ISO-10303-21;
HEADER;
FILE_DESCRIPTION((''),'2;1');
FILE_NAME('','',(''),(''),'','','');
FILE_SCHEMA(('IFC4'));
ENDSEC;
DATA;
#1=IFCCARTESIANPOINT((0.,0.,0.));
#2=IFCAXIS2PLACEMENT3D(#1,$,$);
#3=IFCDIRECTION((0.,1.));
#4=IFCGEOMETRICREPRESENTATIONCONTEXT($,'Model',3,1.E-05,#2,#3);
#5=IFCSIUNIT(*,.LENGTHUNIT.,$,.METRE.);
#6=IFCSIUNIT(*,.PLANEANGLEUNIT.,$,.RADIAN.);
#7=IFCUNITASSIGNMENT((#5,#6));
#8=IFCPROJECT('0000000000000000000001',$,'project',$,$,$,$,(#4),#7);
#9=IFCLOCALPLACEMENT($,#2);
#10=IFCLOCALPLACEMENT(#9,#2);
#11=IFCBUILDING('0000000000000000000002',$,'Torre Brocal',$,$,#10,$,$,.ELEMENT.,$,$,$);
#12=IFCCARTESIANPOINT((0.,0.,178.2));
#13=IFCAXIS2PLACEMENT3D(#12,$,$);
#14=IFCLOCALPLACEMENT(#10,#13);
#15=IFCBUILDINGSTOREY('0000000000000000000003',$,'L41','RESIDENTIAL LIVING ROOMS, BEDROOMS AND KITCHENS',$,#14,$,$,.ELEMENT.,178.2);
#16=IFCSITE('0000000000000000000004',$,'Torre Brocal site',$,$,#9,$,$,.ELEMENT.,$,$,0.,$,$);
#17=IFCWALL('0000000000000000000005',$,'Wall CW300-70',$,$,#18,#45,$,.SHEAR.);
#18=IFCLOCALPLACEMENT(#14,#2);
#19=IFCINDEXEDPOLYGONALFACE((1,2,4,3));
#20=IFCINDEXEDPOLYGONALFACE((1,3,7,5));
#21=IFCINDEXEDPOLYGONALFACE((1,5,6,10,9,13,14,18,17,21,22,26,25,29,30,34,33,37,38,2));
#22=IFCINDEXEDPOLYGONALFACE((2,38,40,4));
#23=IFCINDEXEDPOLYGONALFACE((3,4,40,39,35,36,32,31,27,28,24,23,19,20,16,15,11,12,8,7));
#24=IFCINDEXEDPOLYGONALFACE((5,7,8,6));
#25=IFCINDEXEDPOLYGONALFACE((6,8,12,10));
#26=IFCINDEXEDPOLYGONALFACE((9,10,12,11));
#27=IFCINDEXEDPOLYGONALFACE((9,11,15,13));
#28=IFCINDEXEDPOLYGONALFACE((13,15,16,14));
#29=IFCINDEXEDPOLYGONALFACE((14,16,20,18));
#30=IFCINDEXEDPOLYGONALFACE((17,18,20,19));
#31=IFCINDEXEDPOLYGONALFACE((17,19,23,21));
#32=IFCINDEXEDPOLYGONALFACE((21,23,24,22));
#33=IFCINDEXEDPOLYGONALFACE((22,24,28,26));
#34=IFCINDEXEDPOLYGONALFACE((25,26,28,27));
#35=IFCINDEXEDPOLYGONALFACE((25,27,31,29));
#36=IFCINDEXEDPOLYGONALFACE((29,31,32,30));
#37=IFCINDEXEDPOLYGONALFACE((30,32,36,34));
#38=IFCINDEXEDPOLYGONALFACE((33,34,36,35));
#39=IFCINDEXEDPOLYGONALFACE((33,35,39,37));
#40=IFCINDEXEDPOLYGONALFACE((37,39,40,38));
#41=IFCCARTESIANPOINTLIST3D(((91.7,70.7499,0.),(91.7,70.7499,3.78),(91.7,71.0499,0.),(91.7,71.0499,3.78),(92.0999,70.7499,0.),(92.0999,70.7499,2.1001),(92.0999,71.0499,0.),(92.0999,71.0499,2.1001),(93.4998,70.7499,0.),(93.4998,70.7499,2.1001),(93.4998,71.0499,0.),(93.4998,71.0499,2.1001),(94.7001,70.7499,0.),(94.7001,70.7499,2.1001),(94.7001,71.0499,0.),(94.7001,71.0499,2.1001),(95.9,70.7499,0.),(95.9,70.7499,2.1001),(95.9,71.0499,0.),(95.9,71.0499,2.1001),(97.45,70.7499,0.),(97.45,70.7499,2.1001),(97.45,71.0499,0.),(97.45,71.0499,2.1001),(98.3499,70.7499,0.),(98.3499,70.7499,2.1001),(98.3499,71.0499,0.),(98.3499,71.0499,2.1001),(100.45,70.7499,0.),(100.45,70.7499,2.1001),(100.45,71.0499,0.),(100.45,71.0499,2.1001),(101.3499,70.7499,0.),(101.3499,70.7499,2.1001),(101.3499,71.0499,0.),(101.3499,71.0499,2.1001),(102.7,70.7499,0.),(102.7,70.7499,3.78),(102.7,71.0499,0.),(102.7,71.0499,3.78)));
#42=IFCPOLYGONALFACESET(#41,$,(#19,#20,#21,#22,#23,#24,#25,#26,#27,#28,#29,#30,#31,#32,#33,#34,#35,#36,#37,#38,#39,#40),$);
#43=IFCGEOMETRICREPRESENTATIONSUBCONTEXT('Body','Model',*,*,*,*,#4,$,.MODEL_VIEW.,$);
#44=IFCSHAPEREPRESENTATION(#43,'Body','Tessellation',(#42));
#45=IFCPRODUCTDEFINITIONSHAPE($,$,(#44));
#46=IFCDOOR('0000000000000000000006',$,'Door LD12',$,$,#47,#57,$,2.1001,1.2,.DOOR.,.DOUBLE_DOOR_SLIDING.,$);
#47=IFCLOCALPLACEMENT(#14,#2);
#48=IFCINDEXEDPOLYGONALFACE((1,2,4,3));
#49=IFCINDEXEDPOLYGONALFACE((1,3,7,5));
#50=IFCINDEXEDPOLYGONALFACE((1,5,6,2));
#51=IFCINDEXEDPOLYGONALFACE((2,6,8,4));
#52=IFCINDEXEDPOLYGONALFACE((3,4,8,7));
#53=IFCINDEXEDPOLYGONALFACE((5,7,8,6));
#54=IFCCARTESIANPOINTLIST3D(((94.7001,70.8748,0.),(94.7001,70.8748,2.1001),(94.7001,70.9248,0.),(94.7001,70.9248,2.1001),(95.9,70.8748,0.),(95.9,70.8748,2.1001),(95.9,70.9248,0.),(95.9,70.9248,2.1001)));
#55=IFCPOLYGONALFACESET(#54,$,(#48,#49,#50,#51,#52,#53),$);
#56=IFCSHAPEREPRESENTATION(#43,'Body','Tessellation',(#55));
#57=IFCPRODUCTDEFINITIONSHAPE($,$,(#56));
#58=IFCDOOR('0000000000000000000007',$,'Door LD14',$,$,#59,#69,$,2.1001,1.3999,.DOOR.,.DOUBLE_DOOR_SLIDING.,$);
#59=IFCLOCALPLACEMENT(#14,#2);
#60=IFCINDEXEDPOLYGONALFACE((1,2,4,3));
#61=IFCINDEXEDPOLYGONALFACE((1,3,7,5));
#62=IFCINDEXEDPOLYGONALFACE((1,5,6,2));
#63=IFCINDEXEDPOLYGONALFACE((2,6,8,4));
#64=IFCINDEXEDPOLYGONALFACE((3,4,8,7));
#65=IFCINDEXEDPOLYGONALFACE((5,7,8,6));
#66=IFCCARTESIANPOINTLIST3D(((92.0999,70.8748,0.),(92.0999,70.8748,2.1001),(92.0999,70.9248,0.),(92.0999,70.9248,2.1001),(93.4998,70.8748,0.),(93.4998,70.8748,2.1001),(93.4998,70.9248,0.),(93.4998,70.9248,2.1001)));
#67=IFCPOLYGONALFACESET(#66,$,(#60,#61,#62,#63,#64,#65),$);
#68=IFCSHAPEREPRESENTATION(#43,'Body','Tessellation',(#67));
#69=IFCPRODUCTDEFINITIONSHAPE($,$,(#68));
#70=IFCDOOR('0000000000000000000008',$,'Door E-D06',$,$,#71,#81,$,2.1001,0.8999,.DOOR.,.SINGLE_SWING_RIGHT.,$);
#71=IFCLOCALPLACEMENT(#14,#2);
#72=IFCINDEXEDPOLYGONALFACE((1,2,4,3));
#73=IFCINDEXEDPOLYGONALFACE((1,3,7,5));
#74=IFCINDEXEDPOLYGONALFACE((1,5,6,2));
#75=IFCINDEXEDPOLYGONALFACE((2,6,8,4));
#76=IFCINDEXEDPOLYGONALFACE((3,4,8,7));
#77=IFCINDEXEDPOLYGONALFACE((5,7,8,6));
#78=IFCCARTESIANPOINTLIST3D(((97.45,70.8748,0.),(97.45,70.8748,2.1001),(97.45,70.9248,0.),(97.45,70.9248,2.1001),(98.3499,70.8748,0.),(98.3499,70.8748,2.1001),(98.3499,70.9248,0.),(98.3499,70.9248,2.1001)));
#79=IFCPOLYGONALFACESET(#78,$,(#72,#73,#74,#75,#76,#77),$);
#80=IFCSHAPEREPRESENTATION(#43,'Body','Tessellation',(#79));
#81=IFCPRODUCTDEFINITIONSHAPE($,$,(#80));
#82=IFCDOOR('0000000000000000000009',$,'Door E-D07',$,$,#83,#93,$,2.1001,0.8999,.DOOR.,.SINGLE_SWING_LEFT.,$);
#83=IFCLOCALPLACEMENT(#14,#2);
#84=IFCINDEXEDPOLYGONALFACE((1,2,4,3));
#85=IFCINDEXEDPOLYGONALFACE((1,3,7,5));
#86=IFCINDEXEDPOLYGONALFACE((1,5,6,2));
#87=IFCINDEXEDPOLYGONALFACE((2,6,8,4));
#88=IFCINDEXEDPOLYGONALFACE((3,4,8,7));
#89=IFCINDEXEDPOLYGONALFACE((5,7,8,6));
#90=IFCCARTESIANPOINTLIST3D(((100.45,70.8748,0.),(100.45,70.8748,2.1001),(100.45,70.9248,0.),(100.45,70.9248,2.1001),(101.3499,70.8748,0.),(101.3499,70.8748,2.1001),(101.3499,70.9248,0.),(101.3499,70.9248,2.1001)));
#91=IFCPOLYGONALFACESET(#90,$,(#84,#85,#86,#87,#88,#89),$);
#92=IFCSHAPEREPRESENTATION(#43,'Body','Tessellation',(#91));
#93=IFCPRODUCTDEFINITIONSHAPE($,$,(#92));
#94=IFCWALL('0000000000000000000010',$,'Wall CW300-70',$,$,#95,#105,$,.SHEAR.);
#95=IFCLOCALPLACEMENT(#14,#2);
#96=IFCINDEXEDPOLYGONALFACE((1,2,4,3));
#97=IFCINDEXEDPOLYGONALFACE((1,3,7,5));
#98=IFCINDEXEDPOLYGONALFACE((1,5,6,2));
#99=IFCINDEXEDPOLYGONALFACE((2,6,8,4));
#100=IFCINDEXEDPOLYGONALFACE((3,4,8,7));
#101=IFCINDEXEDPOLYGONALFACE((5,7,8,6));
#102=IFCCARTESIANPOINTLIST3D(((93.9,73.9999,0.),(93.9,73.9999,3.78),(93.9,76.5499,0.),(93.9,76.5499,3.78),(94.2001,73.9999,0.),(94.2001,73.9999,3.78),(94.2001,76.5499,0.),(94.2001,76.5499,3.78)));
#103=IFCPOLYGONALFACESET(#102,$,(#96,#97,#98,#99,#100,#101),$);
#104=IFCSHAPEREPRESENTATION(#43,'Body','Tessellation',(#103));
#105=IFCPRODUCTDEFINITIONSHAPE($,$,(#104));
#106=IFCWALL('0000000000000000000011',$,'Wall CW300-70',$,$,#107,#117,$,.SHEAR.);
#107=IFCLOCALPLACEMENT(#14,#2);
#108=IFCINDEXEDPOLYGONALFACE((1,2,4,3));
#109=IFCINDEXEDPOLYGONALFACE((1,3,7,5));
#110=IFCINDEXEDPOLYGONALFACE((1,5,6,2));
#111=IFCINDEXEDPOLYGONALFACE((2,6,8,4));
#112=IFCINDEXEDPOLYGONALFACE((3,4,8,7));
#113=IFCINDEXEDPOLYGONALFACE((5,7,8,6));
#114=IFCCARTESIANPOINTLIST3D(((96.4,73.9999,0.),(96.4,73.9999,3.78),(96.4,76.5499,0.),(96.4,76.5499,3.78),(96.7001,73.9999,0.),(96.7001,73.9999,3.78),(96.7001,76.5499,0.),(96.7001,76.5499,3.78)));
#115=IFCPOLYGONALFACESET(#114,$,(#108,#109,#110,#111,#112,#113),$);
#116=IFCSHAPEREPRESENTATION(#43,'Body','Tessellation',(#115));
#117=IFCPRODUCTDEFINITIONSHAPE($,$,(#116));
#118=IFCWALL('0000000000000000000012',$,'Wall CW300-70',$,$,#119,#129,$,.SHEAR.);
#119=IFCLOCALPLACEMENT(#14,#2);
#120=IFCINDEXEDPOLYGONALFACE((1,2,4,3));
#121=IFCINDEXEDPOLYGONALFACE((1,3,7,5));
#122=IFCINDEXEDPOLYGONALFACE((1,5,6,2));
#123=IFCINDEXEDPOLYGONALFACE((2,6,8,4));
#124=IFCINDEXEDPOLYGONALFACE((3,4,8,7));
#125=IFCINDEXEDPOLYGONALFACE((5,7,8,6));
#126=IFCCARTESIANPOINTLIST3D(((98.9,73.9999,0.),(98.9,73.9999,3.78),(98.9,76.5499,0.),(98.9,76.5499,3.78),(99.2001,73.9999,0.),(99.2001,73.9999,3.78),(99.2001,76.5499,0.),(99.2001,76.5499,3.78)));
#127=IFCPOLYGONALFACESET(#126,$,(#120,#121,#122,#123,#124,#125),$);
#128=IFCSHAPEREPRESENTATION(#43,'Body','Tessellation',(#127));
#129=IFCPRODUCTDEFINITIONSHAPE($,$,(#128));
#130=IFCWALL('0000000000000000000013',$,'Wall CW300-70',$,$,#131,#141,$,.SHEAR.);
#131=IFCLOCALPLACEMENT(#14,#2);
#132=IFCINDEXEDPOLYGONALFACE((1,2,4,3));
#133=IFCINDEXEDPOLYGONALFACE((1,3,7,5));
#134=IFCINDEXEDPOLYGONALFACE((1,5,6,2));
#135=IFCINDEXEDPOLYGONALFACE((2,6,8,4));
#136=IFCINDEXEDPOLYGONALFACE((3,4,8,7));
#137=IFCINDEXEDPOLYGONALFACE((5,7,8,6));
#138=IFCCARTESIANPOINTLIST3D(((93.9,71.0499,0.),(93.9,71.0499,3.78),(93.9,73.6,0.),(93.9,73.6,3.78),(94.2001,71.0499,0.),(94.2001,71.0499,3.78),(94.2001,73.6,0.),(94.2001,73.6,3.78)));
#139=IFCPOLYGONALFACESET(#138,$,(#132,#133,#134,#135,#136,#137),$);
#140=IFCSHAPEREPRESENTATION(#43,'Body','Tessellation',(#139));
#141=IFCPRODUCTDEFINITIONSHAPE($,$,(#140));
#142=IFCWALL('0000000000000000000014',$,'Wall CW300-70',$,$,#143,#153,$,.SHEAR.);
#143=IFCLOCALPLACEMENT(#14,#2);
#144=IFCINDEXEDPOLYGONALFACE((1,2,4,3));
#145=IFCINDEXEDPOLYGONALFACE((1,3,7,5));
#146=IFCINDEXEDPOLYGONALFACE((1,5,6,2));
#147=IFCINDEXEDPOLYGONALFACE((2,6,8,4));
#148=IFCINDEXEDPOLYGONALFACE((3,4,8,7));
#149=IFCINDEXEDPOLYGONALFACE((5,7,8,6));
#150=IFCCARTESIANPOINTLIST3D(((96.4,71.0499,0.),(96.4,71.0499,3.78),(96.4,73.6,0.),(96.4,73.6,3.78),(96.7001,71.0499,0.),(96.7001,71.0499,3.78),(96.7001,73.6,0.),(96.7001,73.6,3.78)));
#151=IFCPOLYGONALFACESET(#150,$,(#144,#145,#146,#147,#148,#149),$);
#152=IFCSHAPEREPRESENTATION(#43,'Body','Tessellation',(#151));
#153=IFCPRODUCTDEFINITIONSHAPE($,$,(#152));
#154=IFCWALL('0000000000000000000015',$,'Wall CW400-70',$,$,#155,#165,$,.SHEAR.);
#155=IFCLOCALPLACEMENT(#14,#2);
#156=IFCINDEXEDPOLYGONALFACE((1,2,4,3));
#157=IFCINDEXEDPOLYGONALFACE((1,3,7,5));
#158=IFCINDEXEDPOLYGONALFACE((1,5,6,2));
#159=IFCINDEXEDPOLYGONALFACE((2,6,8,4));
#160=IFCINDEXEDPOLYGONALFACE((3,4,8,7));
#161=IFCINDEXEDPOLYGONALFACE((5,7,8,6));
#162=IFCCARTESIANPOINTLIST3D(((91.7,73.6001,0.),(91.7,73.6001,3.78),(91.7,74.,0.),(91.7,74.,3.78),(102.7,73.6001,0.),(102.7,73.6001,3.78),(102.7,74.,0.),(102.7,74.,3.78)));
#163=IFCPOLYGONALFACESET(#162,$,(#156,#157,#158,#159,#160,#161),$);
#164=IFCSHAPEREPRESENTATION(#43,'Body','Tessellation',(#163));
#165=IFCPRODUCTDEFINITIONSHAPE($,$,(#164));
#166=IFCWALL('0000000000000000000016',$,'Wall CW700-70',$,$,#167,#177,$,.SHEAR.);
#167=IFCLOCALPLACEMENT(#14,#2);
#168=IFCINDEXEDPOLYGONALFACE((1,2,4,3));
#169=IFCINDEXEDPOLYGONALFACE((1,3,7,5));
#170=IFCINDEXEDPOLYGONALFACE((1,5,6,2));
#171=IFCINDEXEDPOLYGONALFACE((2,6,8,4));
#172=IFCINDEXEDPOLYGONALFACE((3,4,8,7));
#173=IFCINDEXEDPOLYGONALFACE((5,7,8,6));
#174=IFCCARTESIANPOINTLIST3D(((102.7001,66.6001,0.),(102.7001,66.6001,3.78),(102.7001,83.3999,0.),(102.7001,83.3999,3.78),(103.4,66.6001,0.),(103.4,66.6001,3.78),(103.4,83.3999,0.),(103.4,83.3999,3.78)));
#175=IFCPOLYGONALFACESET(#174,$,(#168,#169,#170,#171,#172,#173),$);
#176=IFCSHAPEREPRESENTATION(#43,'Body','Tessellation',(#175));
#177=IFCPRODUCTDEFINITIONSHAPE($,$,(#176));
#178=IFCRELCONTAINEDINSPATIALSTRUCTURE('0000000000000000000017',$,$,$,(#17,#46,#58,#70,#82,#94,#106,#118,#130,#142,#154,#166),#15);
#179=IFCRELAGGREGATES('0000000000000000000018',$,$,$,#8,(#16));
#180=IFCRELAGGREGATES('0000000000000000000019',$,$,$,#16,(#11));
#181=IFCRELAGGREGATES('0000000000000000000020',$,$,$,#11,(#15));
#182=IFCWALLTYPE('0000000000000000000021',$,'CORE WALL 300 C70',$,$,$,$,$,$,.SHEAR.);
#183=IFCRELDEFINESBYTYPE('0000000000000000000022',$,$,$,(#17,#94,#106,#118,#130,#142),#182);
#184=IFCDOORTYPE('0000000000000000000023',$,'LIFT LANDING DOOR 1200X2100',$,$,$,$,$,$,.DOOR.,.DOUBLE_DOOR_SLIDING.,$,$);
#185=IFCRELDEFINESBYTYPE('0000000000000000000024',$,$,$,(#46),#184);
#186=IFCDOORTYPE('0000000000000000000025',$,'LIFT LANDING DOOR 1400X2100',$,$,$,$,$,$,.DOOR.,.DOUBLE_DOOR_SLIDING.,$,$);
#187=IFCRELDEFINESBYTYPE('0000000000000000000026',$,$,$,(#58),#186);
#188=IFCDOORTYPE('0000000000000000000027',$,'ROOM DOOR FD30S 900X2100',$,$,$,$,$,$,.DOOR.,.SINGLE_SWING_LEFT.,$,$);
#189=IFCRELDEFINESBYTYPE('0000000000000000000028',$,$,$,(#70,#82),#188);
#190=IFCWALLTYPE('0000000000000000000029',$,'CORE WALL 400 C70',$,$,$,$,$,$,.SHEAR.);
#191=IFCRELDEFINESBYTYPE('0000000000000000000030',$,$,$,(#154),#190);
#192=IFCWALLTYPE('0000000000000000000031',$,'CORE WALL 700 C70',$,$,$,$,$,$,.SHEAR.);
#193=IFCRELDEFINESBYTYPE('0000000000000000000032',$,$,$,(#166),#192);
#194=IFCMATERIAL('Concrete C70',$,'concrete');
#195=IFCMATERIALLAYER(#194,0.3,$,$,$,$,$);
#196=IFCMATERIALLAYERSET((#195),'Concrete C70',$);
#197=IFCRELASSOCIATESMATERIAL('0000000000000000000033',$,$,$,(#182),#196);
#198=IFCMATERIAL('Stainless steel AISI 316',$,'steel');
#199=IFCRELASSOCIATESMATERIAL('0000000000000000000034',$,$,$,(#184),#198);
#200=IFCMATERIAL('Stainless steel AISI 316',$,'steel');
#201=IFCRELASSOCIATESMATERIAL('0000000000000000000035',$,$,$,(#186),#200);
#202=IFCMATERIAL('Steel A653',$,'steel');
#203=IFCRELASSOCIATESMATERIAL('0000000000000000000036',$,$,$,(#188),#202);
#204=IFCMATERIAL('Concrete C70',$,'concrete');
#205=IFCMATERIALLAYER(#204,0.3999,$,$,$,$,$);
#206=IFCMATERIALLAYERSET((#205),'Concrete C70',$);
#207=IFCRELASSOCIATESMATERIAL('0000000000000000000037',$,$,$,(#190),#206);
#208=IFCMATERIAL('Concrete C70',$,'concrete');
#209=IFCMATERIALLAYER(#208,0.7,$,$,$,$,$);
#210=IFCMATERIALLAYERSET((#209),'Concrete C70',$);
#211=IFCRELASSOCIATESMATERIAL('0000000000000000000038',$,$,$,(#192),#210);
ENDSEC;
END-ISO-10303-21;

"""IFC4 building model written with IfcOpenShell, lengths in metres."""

from ifc_helpers import new_model, si_unit, direction, frame, frame_2d, origin, place, context, subcontext, project, spatial, rectangle, extrude, material, layer, layer_set, type_object, element, fill, save


model = new_model("IFC4")

# Units and contexts
model_context = context("Model", 3, precision=1e-05, world=origin(), true_north=direction((0.0, 1.0)))
body_context = subcontext(model_context, "Body", "Model", "MODEL_VIEW")
ifc_project = project(units=[si_unit("LENGTHUNIT", "METRE"), si_unit("PLANEANGLEUNIT", "RADIAN")], contexts=[model_context])

# Site, building, storey
site_placement = place(None, origin())
site = spatial("IfcSite", under=ifc_project, at=site_placement, Name="Torre Brocal site", CompositionType="ELEMENT", RefElevation=0.0)
building_placement = place(site_placement, origin())
building = spatial("IfcBuilding", under=site, at=building_placement, Name="Torre Brocal", CompositionType="ELEMENT")
storey_placement = place(building_placement, frame((0.0, 0.0, 178.2)))
storey = spatial("IfcBuildingStorey", under=building, at=storey_placement, Name="L41", Description="RESIDENTIAL LIVING ROOMS, BEDROOMS AND KITCHENS", CompositionType="ELEMENT", Elevation=178.2)

# Shared definitions
ifc_material_1 = material(Name="Concrete C70", Category="concrete")
ifc_layer_1 = layer(ifc_material_1, 0.3)
ifc_layer_set_1 = layer_set([ifc_layer_1], Name="Concrete C70")
wall_type_1 = type_object("IfcWallType", Name="CORE WALL 300 C70", PredefinedType="SHEAR", material=ifc_layer_set_1)

# Wall, openings, doors
wall_1_placement = place(storey_placement, frame((91.7, 70.8999, 0.0), z_axis=(0.0, 0.0, 1.0), x_axis=(1.0, 0.0, 0.0)))
wall_1 = element("IfcWall", 1, at=wall_1_placement, inside=storey, type_object=wall_type_1, Name="Wall CW300-70", PredefinedType="SHEAR", context=body_context, shape_type="SweptSolid", body=[
    extrude(rectangle(XDim=11.0, YDim=0.3, at=frame_2d((5.5, 0.0))), origin(), (0.0, 0.0, 1.0), 3.78),
])
opening_1_placement = place(wall_1_placement, frame((0.3999, 0.0, 0.0)))
opening_1 = element("IfcOpeningElement", 2, at=opening_1_placement, cuts=wall_1, PredefinedType="OPENING", context=body_context, shape_type="SweptSolid", body=[
    extrude(rectangle(XDim=1.3999, YDim=2.1001, at=frame_2d((0.7, 1.05))), frame((0.0, 0.1599, 0.0), z_axis=(0.0, -1.0, 0.0), x_axis=(1.0, 0.0, 0.0)), (0.0, 0.0, 1.0), 0.3201),
])
opening_2_placement = place(wall_1_placement, frame((3.0, 0.0, 0.0)))
opening_2 = element("IfcOpeningElement", 3, at=opening_2_placement, cuts=wall_1, PredefinedType="OPENING", context=body_context, shape_type="SweptSolid", body=[
    extrude(rectangle(XDim=1.2, YDim=2.1001, at=frame_2d((0.6001, 1.05))), frame((0.0, 0.1599, 0.0), z_axis=(0.0, -1.0, 0.0), x_axis=(1.0, 0.0, 0.0)), (0.0, 0.0, 1.0), 0.3201),
])
opening_3_placement = place(wall_1_placement, frame((5.75, 0.0, 0.0)))
opening_3 = element("IfcOpeningElement", 4, at=opening_3_placement, cuts=wall_1, PredefinedType="OPENING", context=body_context, shape_type="SweptSolid", body=[
    extrude(rectangle(XDim=0.8999, YDim=2.1001, at=frame_2d((0.45, 1.05))), frame((0.0, 0.1599, 0.0), z_axis=(0.0, -1.0, 0.0), x_axis=(1.0, 0.0, 0.0)), (0.0, 0.0, 1.0), 0.3201),
])
opening_4_placement = place(wall_1_placement, frame((8.75, 0.0, 0.0)))
opening_4 = element("IfcOpeningElement", 5, at=opening_4_placement, cuts=wall_1, PredefinedType="OPENING", context=body_context, shape_type="SweptSolid", body=[
    extrude(rectangle(XDim=0.8999, YDim=2.1001, at=frame_2d((0.45, 1.05))), frame((0.0, 0.1599, 0.0), z_axis=(0.0, -1.0, 0.0), x_axis=(1.0, 0.0, 0.0)), (0.0, 0.0, 1.0), 0.3201),
])
ifc_material_2 = material(Name="Stainless steel AISI 316", Category="steel")
door_type_1 = type_object("IfcDoorType", Name="LIFT LANDING DOOR 1200X2100", OperationType="DOUBLE_DOOR_SLIDING", PredefinedType="DOOR", material=ifc_material_2)
door_1_placement = place(opening_2_placement, origin())
door_1 = element("IfcDoor", 6, at=door_1_placement, inside=storey, type_object=door_type_1, Name="Door LD12", OperationType="DOUBLE_DOOR_SLIDING", OverallHeight=2.1001, OverallWidth=1.2, PredefinedType="DOOR", context=body_context, shape_type="SweptSolid", body=[
    extrude(rectangle(XDim=1.2, YDim=2.1001, at=frame_2d((0.6001, 1.05))), frame((0.0, 0.0249, 0.0), z_axis=(0.0, -1.0, 0.0), x_axis=(1.0, 0.0, 0.0)), (0.0, 0.0, 1.0), 0.05),
])
fill(opening_2, door_1)
ifc_material_3 = material(Name="Stainless steel AISI 316", Category="steel")
door_type_2 = type_object("IfcDoorType", Name="LIFT LANDING DOOR 1400X2100", OperationType="DOUBLE_DOOR_SLIDING", PredefinedType="DOOR", material=ifc_material_3)
door_2_placement = place(opening_1_placement, origin())
door_2 = element("IfcDoor", 7, at=door_2_placement, inside=storey, type_object=door_type_2, Name="Door LD14", OperationType="DOUBLE_DOOR_SLIDING", OverallHeight=2.1001, OverallWidth=1.3999, PredefinedType="DOOR", context=body_context, shape_type="SweptSolid", body=[
    extrude(rectangle(XDim=1.3999, YDim=2.1001, at=frame_2d((0.7, 1.05))), frame((0.0, 0.0249, 0.0), z_axis=(0.0, -1.0, 0.0), x_axis=(1.0, 0.0, 0.0)), (0.0, 0.0, 1.0), 0.05),
])
fill(opening_1, door_2)
ifc_material_4 = material(Name="Steel A653", Category="steel")
door_type_3 = type_object("IfcDoorType", Name="ROOM DOOR FD30S 900X2100", OperationType="SINGLE_SWING_LEFT", PredefinedType="DOOR", material=ifc_material_4)
door_3_placement = place(opening_3_placement, origin())
door_3 = element("IfcDoor", 8, at=door_3_placement, inside=storey, type_object=door_type_3, Name="Door E-D06", OperationType="SINGLE_SWING_RIGHT", OverallHeight=2.1001, OverallWidth=0.8999, PredefinedType="DOOR", context=body_context, shape_type="SweptSolid", body=[
    extrude(rectangle(XDim=0.8999, YDim=2.1001, at=frame_2d((0.45, 1.05))), frame((0.0, 0.0249, 0.0), z_axis=(0.0, -1.0, 0.0), x_axis=(1.0, 0.0, 0.0)), (0.0, 0.0, 1.0), 0.05),
])
fill(opening_3, door_3)
door_4_placement = place(opening_4_placement, origin())
door_4 = element("IfcDoor", 9, at=door_4_placement, inside=storey, type_object=door_type_3, Name="Door E-D07", OperationType="SINGLE_SWING_LEFT", OverallHeight=2.1001, OverallWidth=0.8999, PredefinedType="DOOR", context=body_context, shape_type="SweptSolid", body=[
    extrude(rectangle(XDim=0.8999, YDim=2.1001, at=frame_2d((0.45, 1.05))), frame((0.0, 0.0249, 0.0), z_axis=(0.0, -1.0, 0.0), x_axis=(1.0, 0.0, 0.0)), (0.0, 0.0, 1.0), 0.05),
])
fill(opening_4, door_4)

# Walls
for number, where, z_axis, x_axis, name in (
    (10, (94.05, 74.0, 0.0), (0.0, 0.0, 1.0), (0.0, 1.0, 0.0), "Wall CW300-70"),
    (11, (96.55, 74.0, 0.0), (0.0, 0.0, 1.0), (0.0, 1.0, 0.0), "Wall CW300-70"),
    (12, (99.05, 74.0, 0.0), (0.0, 0.0, 1.0), (0.0, 1.0, 0.0), "Wall CW300-70"),
    (13, (94.05, 71.05, 0.0), (0.0, 0.0, 1.0), (0.0, 1.0, 0.0), "Wall CW300-70"),
    (14, (96.55, 71.05, 0.0), (0.0, 0.0, 1.0), (0.0, 1.0, 0.0), "Wall CW300-70"),
):
    element("IfcWall", number, at=place(storey_placement, frame(where, z_axis=z_axis, x_axis=x_axis)), inside=storey, type_object=wall_type_1, Name=name, PredefinedType="SHEAR", context=body_context, shape_type="SweptSolid", body=[
        extrude(rectangle(XDim=2.55, YDim=0.3, at=frame_2d((1.2749, 0.0))), origin(), (0.0, 0.0, 1.0), 3.78),
    ])
ifc_material_5 = material(Name="Concrete C70", Category="concrete")
ifc_layer_2 = layer(ifc_material_5, 0.3999)
ifc_layer_set_2 = layer_set([ifc_layer_2], Name="Concrete C70")
wall_type_2 = type_object("IfcWallType", Name="CORE WALL 400 C70", PredefinedType="SHEAR", material=ifc_layer_set_2)
wall_2_placement = place(storey_placement, frame((91.7, 73.8, 0.0), z_axis=(0.0, 0.0, 1.0), x_axis=(1.0, 0.0, 0.0)))
element("IfcWall", 15, at=wall_2_placement, inside=storey, type_object=wall_type_2, Name="Wall CW400-70", PredefinedType="SHEAR", context=body_context, shape_type="SweptSolid", body=[
    extrude(rectangle(XDim=11.0, YDim=0.3999, at=frame_2d((5.5, 0.0))), origin(), (0.0, 0.0, 1.0), 3.78),
])
ifc_material_6 = material(Name="Concrete C70", Category="concrete")
ifc_layer_3 = layer(ifc_material_6, 0.7)
ifc_layer_set_3 = layer_set([ifc_layer_3], Name="Concrete C70")
wall_type_3 = type_object("IfcWallType", Name="CORE WALL 700 C70", PredefinedType="SHEAR", material=ifc_layer_set_3)
wall_3_placement = place(storey_placement, frame((103.05, 66.6001, 0.0), z_axis=(0.0, 0.0, 1.0), x_axis=(0.0, 1.0, 0.0)))
element("IfcWall", 16, at=wall_3_placement, inside=storey, type_object=wall_type_3, Name="Wall CW700-70", PredefinedType="SHEAR", context=body_context, shape_type="SweptSolid", body=[
    extrude(rectangle(XDim=16.7998, YDim=0.7, at=frame_2d((8.3999, 0.0))), origin(), (0.0, 0.0, 1.0), 3.78),
])

save(model, "model.ifc")
